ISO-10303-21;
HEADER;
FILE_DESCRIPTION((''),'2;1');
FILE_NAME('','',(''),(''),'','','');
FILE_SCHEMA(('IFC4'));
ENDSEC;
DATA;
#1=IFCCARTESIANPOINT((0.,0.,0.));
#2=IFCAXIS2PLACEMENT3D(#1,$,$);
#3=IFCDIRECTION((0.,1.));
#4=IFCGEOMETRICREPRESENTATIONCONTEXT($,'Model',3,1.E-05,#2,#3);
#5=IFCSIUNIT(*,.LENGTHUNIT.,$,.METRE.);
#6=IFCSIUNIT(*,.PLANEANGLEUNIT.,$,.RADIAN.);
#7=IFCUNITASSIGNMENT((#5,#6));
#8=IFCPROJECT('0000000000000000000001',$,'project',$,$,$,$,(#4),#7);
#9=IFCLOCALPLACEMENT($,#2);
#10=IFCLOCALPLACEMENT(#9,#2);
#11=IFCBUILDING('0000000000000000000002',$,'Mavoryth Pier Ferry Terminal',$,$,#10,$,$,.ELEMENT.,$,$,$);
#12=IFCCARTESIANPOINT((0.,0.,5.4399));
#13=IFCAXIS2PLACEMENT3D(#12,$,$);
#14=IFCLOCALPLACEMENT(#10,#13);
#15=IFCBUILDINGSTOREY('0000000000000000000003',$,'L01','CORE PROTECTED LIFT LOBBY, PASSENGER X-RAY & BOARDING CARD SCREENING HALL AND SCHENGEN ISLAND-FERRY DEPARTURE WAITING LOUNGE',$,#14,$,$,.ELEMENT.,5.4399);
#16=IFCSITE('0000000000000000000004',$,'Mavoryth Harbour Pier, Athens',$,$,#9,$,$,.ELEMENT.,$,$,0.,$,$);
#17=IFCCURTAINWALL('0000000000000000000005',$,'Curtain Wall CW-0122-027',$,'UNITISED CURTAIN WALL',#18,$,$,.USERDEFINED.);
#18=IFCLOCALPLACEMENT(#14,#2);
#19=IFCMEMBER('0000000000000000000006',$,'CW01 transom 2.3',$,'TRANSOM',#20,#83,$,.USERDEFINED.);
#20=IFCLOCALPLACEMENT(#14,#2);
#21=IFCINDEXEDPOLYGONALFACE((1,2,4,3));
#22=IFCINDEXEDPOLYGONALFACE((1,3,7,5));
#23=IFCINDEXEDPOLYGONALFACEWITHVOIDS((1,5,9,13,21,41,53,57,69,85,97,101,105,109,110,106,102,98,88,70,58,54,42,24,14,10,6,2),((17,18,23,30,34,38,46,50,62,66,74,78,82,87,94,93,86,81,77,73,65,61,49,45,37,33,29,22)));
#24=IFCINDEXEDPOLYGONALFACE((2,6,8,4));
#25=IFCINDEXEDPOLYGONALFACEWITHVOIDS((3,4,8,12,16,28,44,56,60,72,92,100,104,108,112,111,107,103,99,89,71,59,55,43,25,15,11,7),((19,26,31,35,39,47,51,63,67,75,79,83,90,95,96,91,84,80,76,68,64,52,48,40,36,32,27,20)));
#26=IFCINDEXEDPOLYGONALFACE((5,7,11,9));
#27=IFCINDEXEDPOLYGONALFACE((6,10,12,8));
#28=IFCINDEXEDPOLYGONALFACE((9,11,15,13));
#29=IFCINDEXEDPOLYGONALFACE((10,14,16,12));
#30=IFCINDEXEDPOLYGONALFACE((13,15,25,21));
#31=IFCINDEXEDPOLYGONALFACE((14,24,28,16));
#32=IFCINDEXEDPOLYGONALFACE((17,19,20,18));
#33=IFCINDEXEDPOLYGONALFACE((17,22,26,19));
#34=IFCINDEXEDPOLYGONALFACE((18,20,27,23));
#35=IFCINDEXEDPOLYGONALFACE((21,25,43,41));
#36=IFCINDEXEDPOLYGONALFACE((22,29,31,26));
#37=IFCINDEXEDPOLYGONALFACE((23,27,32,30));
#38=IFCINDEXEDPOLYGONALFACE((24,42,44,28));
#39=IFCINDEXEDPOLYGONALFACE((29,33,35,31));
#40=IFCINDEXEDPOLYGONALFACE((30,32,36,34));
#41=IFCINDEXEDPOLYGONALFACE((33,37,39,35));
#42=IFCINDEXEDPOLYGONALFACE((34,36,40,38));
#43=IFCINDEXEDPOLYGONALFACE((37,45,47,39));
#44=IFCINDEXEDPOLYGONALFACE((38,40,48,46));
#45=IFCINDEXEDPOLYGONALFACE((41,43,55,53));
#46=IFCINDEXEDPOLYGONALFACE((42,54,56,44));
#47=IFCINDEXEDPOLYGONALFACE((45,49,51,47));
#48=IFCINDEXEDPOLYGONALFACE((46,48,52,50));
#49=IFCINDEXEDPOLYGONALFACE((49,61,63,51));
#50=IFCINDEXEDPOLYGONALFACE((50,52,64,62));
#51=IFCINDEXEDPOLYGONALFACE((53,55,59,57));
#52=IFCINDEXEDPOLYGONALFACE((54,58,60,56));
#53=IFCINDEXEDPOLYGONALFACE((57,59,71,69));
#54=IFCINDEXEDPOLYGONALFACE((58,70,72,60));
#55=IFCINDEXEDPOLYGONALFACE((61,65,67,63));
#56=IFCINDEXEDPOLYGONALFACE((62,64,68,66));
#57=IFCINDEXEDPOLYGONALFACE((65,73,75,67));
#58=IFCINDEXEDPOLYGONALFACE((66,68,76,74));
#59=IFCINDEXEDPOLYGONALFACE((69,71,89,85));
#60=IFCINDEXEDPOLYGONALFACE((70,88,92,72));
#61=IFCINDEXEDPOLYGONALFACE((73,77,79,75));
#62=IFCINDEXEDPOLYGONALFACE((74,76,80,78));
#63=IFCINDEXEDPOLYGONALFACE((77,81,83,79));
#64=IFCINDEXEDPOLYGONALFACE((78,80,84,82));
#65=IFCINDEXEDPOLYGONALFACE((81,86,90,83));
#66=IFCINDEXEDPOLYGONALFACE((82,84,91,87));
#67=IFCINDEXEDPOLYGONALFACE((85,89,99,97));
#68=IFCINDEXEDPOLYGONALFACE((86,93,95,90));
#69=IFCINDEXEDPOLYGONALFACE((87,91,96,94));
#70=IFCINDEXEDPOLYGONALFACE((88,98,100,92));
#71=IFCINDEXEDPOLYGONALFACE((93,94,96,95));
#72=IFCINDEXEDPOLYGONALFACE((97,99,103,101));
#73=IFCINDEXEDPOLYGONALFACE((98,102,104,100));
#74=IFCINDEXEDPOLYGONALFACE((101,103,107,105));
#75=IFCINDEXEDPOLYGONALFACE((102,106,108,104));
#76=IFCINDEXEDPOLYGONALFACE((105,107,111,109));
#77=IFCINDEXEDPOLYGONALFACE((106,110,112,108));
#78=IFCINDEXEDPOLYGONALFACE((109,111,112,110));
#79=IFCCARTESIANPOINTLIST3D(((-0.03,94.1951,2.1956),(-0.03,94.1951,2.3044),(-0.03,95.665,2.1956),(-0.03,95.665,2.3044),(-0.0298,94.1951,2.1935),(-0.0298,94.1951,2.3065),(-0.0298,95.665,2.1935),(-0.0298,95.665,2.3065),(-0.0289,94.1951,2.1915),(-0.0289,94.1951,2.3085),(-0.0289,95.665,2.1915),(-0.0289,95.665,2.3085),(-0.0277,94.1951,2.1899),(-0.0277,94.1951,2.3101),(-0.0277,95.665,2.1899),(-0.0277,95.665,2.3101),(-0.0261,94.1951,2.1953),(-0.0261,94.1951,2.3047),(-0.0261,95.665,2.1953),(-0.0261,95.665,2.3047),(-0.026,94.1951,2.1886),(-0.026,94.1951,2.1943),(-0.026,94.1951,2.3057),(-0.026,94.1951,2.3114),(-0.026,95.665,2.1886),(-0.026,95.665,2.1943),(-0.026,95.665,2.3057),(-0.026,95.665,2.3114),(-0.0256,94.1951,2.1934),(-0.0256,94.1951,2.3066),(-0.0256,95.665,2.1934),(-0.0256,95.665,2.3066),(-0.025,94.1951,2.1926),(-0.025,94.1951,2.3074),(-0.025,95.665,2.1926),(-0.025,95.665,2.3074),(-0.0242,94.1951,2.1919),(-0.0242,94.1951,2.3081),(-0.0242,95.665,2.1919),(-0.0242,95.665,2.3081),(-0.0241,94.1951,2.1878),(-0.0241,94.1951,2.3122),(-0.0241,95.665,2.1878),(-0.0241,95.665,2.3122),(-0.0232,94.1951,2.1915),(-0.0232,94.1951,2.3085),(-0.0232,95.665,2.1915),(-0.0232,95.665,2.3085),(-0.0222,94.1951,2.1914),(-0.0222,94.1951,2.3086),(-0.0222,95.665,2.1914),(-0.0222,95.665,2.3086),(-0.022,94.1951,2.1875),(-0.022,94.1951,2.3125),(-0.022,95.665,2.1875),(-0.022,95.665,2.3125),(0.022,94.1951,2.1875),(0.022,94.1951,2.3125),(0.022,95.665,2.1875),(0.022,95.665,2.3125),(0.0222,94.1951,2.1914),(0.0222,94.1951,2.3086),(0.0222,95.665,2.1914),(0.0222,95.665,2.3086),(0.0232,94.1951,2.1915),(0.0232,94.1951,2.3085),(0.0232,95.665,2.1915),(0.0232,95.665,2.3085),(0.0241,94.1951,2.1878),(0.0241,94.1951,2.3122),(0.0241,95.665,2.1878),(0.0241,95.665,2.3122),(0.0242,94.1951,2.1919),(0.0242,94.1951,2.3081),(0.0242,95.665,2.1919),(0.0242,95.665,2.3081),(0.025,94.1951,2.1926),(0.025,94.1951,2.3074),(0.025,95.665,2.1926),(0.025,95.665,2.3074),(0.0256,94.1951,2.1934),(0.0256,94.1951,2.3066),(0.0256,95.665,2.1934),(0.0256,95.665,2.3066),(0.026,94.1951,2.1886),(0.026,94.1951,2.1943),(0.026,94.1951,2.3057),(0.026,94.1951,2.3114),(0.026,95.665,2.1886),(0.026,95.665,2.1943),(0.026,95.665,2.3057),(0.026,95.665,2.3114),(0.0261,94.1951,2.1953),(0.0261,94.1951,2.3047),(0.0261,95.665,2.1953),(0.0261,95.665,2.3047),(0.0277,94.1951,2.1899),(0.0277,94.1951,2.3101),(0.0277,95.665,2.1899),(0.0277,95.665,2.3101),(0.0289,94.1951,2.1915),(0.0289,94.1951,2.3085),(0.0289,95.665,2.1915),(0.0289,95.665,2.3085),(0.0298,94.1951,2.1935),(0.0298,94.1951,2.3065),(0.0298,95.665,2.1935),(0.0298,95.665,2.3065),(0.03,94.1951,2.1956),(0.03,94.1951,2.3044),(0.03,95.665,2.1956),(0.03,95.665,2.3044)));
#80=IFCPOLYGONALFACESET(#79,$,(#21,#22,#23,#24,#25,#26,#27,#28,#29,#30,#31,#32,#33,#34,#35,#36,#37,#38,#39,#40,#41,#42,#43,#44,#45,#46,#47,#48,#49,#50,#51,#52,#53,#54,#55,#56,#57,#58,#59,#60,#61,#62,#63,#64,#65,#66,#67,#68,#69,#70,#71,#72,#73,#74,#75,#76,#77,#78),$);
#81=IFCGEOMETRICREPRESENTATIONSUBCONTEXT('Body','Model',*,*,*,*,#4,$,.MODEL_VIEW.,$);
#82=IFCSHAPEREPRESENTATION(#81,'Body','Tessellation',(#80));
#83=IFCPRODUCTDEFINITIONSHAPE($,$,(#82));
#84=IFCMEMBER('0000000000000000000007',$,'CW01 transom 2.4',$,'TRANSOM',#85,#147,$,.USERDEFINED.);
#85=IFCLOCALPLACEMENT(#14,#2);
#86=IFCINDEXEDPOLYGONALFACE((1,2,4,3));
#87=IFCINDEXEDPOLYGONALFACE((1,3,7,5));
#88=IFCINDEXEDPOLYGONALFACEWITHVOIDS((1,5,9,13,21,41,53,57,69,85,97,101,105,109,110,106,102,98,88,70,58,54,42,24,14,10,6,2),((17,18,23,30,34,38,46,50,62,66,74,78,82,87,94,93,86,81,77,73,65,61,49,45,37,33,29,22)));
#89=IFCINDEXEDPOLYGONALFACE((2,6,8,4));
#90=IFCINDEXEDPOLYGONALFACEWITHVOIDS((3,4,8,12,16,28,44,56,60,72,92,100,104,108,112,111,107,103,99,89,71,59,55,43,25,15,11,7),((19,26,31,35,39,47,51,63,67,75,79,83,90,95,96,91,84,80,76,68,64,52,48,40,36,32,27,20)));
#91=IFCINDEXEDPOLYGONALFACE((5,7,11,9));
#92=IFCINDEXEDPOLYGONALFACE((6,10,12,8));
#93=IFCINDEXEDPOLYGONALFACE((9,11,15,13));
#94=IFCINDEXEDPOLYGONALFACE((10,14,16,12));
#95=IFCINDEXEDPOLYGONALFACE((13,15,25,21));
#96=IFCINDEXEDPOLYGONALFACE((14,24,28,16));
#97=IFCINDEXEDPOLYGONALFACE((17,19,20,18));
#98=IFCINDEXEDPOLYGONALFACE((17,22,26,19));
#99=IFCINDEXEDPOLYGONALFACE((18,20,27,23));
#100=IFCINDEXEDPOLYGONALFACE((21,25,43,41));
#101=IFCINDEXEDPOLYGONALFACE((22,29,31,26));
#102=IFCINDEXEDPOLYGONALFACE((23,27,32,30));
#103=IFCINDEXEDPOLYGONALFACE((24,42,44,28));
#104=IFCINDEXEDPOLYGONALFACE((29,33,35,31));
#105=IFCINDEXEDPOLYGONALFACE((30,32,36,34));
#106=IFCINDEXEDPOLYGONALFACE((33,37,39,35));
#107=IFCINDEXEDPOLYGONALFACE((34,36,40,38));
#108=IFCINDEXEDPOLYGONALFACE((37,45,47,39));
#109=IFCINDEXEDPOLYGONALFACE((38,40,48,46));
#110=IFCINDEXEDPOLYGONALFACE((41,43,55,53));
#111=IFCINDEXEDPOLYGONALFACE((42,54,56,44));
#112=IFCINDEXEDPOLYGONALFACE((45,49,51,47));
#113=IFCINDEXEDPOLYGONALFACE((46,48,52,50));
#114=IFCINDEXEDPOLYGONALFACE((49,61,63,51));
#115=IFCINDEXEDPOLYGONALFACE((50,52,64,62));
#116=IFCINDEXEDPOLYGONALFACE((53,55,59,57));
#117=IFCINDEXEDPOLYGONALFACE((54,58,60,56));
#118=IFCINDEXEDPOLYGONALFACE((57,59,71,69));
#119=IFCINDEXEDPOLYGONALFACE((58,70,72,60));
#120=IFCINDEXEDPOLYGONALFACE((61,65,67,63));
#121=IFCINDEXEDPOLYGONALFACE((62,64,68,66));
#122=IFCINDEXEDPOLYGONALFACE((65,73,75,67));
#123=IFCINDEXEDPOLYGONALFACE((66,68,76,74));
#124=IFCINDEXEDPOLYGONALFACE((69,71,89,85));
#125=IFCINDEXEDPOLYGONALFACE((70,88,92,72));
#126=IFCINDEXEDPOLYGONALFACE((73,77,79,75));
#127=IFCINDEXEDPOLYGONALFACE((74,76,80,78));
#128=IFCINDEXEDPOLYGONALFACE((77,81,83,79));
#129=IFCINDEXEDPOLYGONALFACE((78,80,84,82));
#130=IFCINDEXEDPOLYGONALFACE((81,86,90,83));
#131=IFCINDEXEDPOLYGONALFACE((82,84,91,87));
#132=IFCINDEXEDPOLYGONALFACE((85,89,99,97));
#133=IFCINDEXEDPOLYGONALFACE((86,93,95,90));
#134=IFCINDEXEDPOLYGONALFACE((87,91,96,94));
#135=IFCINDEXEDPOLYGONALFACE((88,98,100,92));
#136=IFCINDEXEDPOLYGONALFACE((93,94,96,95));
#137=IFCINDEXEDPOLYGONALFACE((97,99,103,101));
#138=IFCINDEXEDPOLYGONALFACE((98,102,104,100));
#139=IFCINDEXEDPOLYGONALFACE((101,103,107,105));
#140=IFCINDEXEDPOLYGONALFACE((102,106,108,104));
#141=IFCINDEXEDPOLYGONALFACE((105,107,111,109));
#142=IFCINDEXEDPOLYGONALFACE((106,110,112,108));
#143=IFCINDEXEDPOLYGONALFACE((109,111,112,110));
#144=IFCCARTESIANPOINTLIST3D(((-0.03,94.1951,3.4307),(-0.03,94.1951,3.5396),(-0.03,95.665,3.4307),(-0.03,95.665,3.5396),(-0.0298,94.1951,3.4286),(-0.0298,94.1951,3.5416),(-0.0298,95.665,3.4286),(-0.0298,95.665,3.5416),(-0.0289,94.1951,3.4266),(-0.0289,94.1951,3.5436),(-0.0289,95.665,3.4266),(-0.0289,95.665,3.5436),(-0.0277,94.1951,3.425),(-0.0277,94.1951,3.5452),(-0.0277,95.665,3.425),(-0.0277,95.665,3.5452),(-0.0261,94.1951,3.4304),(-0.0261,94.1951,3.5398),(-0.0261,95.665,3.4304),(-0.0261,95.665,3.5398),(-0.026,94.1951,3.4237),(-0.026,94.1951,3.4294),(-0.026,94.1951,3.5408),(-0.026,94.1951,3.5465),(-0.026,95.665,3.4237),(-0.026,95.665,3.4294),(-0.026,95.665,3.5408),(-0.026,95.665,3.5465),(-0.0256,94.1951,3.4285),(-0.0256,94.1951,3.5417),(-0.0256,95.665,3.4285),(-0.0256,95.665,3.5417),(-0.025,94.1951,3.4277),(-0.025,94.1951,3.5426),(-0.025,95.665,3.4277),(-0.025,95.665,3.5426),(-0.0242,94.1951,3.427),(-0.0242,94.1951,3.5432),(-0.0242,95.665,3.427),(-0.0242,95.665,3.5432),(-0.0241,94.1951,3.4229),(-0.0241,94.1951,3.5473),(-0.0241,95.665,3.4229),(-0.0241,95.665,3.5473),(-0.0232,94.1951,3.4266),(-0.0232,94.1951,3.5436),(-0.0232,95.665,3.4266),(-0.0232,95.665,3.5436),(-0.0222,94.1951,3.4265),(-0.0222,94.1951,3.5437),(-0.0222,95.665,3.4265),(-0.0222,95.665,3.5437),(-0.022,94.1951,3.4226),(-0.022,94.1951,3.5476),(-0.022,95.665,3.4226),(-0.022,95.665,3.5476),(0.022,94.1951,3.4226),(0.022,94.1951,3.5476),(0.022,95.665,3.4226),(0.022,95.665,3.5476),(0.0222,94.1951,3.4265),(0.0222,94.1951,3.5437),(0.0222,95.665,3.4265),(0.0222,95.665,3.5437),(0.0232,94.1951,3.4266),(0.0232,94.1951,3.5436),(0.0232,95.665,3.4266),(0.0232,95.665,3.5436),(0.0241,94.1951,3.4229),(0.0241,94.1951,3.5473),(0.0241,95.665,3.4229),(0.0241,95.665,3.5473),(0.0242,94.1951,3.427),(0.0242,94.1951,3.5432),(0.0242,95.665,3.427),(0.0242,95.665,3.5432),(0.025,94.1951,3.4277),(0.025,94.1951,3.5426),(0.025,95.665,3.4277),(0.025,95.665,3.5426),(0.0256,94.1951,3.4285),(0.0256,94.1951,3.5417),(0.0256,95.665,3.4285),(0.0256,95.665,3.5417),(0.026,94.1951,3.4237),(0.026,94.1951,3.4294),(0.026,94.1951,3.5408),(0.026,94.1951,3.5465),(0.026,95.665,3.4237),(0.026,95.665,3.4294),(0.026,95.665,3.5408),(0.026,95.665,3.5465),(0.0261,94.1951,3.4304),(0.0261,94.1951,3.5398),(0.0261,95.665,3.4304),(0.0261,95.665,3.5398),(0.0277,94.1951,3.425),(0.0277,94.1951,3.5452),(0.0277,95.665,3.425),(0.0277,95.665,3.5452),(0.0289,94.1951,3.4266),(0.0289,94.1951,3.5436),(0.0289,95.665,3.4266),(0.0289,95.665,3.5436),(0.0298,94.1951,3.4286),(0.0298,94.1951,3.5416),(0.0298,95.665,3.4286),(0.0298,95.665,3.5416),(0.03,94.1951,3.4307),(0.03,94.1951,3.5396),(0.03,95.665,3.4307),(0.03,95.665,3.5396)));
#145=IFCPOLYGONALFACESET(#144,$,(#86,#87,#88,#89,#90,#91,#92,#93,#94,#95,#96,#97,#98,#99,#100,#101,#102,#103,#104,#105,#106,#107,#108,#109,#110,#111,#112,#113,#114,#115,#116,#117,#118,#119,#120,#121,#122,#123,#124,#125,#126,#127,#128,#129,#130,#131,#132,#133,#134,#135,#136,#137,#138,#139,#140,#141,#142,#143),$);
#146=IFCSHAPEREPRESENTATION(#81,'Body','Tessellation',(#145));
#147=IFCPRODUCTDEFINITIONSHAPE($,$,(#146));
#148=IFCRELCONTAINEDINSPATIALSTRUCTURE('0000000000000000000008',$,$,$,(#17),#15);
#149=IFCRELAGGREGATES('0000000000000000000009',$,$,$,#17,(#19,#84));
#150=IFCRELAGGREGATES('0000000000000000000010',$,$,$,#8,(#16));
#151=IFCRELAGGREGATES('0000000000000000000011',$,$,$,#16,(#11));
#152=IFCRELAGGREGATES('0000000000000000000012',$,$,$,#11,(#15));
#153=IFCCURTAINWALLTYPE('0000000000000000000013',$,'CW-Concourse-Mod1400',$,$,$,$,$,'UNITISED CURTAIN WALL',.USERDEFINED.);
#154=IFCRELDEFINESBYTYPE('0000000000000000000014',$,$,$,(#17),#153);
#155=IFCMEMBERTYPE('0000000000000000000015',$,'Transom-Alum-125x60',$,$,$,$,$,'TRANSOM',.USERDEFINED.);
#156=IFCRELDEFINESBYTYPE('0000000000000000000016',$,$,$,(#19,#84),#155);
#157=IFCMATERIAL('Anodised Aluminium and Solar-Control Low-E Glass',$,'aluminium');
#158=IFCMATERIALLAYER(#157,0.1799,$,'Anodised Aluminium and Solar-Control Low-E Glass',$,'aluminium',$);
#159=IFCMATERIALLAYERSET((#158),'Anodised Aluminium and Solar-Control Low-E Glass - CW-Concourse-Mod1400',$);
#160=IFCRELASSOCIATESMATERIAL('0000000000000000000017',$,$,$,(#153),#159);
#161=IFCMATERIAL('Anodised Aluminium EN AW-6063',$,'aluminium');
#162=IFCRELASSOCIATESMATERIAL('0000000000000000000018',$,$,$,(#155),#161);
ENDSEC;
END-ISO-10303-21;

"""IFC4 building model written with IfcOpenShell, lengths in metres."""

from ifc_helpers import new_model, si_unit, direction, frame, origin, origin_2d, place, context, subcontext, project, spatial, hollow_rectangle, extrude, material, layer, layer_set, material_profile, profile_set, type_object, element, aggregate, save


model = new_model("IFC4")

# Units and contexts
model_context = context("Model", 3, precision=1e-05, world=origin(), true_north=direction((0.0, 1.0)))
body_context = subcontext(model_context, "Body", "Model", "MODEL_VIEW")
ifc_project = project(units=[si_unit("LENGTHUNIT", "METRE"), si_unit("PLANEANGLEUNIT", "RADIAN")], contexts=[model_context])

# Site, building, storey
site_placement = place(None, origin())
site = spatial("IfcSite", under=ifc_project, at=site_placement, Name="Mavoryth Harbour Pier, Athens", CompositionType="ELEMENT", RefElevation=0.0)
building_placement = place(site_placement, origin())
building = spatial("IfcBuilding", under=site, at=building_placement, Name="Mavoryth Pier Ferry Terminal", CompositionType="ELEMENT")
storey_placement = place(building_placement, frame((0.0, 0.0, 5.4399)))
storey = spatial("IfcBuildingStorey", under=building, at=storey_placement, Name="L01", Description="CORE PROTECTED LIFT LOBBY, PASSENGER X-RAY & BOARDING CARD SCREENING HALL AND SCHENGEN ISLAND-FERRY DEPARTURE WAITING LOUNGE", CompositionType="ELEMENT", Elevation=5.4399)

# Curtain wall, members
ifc_material_1 = material(Name="Anodised Aluminium and Solar-Control Low-E Glass", Category="aluminium")
ifc_layer_1 = layer(ifc_material_1, 0.1799, Name="Anodised Aluminium and Solar-Control Low-E Glass", Category="aluminium")
ifc_layer_set_1 = layer_set([ifc_layer_1], Name="Anodised Aluminium and Solar-Control Low-E Glass - CW-Concourse-Mod1400")
curtain_wall_type = type_object("IfcCurtainWallType", Name="CW-Concourse-Mod1400", ElementType="UNITISED CURTAIN WALL", PredefinedType="USERDEFINED", material=ifc_layer_set_1)
curtain_wall_placement = place(storey_placement, origin())
curtain_wall = element("IfcCurtainWall", 1, at=curtain_wall_placement, inside=storey, type_object=curtain_wall_type, Name="Curtain Wall CW-0122-027", ObjectType="UNITISED CURTAIN WALL", PredefinedType="USERDEFINED")
ifc_material_2 = material(Name="Anodised Aluminium EN AW-6063", Category="aluminium")
ifc_material_profile_1 = material_profile(ifc_material_2, hollow_rectangle(XDim=0.0601, YDim=0.125, WallThickness=0.0039, InnerFilletRadius=0.0039, OuterFilletRadius=0.0081, at=origin_2d()), Name="AL-TRAN 125x60x4", Category="aluminium")
ifc_profile_set_1 = profile_set([ifc_material_profile_1], Name="Anodised Aluminium EN AW-6063 - AL-TRAN 125x60x4")
member_type_1 = type_object("IfcMemberType", Name="Transom-Alum-125x60", ElementType="TRANSOM", PredefinedType="USERDEFINED", material=ifc_profile_set_1)
member_1_placement = place(storey_placement, frame((0.0, 95.665, 2.25), z_axis=(0.0, -1.0, 0.0), x_axis=(1.0, 0.0, 0.0)))
member_1 = element("IfcMember", 2, at=member_1_placement, type_object=member_type_1, Name="CW01 transom 2.3", ObjectType="TRANSOM", PredefinedType="USERDEFINED", context=body_context, shape_type="SweptSolid", body=[
    extrude(hollow_rectangle(XDim=0.0601, YDim=0.125, WallThickness=0.0039, InnerFilletRadius=0.0039, OuterFilletRadius=0.0081, at=origin_2d()), origin(), (0.0, 0.0, 1.0), 1.47),
])
member_2_placement = place(storey_placement, frame((0.0, 95.665, 3.4851), z_axis=(0.0, -1.0, 0.0), x_axis=(1.0, 0.0, 0.0)))
member_2 = element("IfcMember", 3, at=member_2_placement, type_object=member_type_1, Name="CW01 transom 2.4", ObjectType="TRANSOM", PredefinedType="USERDEFINED", context=body_context, shape_type="SweptSolid", body=[
    extrude(hollow_rectangle(XDim=0.0601, YDim=0.125, WallThickness=0.0039, InnerFilletRadius=0.0039, OuterFilletRadius=0.0081, at=origin_2d()), origin(), (0.0, 0.0, 1.0), 1.47),
])
aggregate(curtain_wall, [member_1, member_2])

save(model, "model.ifc")
